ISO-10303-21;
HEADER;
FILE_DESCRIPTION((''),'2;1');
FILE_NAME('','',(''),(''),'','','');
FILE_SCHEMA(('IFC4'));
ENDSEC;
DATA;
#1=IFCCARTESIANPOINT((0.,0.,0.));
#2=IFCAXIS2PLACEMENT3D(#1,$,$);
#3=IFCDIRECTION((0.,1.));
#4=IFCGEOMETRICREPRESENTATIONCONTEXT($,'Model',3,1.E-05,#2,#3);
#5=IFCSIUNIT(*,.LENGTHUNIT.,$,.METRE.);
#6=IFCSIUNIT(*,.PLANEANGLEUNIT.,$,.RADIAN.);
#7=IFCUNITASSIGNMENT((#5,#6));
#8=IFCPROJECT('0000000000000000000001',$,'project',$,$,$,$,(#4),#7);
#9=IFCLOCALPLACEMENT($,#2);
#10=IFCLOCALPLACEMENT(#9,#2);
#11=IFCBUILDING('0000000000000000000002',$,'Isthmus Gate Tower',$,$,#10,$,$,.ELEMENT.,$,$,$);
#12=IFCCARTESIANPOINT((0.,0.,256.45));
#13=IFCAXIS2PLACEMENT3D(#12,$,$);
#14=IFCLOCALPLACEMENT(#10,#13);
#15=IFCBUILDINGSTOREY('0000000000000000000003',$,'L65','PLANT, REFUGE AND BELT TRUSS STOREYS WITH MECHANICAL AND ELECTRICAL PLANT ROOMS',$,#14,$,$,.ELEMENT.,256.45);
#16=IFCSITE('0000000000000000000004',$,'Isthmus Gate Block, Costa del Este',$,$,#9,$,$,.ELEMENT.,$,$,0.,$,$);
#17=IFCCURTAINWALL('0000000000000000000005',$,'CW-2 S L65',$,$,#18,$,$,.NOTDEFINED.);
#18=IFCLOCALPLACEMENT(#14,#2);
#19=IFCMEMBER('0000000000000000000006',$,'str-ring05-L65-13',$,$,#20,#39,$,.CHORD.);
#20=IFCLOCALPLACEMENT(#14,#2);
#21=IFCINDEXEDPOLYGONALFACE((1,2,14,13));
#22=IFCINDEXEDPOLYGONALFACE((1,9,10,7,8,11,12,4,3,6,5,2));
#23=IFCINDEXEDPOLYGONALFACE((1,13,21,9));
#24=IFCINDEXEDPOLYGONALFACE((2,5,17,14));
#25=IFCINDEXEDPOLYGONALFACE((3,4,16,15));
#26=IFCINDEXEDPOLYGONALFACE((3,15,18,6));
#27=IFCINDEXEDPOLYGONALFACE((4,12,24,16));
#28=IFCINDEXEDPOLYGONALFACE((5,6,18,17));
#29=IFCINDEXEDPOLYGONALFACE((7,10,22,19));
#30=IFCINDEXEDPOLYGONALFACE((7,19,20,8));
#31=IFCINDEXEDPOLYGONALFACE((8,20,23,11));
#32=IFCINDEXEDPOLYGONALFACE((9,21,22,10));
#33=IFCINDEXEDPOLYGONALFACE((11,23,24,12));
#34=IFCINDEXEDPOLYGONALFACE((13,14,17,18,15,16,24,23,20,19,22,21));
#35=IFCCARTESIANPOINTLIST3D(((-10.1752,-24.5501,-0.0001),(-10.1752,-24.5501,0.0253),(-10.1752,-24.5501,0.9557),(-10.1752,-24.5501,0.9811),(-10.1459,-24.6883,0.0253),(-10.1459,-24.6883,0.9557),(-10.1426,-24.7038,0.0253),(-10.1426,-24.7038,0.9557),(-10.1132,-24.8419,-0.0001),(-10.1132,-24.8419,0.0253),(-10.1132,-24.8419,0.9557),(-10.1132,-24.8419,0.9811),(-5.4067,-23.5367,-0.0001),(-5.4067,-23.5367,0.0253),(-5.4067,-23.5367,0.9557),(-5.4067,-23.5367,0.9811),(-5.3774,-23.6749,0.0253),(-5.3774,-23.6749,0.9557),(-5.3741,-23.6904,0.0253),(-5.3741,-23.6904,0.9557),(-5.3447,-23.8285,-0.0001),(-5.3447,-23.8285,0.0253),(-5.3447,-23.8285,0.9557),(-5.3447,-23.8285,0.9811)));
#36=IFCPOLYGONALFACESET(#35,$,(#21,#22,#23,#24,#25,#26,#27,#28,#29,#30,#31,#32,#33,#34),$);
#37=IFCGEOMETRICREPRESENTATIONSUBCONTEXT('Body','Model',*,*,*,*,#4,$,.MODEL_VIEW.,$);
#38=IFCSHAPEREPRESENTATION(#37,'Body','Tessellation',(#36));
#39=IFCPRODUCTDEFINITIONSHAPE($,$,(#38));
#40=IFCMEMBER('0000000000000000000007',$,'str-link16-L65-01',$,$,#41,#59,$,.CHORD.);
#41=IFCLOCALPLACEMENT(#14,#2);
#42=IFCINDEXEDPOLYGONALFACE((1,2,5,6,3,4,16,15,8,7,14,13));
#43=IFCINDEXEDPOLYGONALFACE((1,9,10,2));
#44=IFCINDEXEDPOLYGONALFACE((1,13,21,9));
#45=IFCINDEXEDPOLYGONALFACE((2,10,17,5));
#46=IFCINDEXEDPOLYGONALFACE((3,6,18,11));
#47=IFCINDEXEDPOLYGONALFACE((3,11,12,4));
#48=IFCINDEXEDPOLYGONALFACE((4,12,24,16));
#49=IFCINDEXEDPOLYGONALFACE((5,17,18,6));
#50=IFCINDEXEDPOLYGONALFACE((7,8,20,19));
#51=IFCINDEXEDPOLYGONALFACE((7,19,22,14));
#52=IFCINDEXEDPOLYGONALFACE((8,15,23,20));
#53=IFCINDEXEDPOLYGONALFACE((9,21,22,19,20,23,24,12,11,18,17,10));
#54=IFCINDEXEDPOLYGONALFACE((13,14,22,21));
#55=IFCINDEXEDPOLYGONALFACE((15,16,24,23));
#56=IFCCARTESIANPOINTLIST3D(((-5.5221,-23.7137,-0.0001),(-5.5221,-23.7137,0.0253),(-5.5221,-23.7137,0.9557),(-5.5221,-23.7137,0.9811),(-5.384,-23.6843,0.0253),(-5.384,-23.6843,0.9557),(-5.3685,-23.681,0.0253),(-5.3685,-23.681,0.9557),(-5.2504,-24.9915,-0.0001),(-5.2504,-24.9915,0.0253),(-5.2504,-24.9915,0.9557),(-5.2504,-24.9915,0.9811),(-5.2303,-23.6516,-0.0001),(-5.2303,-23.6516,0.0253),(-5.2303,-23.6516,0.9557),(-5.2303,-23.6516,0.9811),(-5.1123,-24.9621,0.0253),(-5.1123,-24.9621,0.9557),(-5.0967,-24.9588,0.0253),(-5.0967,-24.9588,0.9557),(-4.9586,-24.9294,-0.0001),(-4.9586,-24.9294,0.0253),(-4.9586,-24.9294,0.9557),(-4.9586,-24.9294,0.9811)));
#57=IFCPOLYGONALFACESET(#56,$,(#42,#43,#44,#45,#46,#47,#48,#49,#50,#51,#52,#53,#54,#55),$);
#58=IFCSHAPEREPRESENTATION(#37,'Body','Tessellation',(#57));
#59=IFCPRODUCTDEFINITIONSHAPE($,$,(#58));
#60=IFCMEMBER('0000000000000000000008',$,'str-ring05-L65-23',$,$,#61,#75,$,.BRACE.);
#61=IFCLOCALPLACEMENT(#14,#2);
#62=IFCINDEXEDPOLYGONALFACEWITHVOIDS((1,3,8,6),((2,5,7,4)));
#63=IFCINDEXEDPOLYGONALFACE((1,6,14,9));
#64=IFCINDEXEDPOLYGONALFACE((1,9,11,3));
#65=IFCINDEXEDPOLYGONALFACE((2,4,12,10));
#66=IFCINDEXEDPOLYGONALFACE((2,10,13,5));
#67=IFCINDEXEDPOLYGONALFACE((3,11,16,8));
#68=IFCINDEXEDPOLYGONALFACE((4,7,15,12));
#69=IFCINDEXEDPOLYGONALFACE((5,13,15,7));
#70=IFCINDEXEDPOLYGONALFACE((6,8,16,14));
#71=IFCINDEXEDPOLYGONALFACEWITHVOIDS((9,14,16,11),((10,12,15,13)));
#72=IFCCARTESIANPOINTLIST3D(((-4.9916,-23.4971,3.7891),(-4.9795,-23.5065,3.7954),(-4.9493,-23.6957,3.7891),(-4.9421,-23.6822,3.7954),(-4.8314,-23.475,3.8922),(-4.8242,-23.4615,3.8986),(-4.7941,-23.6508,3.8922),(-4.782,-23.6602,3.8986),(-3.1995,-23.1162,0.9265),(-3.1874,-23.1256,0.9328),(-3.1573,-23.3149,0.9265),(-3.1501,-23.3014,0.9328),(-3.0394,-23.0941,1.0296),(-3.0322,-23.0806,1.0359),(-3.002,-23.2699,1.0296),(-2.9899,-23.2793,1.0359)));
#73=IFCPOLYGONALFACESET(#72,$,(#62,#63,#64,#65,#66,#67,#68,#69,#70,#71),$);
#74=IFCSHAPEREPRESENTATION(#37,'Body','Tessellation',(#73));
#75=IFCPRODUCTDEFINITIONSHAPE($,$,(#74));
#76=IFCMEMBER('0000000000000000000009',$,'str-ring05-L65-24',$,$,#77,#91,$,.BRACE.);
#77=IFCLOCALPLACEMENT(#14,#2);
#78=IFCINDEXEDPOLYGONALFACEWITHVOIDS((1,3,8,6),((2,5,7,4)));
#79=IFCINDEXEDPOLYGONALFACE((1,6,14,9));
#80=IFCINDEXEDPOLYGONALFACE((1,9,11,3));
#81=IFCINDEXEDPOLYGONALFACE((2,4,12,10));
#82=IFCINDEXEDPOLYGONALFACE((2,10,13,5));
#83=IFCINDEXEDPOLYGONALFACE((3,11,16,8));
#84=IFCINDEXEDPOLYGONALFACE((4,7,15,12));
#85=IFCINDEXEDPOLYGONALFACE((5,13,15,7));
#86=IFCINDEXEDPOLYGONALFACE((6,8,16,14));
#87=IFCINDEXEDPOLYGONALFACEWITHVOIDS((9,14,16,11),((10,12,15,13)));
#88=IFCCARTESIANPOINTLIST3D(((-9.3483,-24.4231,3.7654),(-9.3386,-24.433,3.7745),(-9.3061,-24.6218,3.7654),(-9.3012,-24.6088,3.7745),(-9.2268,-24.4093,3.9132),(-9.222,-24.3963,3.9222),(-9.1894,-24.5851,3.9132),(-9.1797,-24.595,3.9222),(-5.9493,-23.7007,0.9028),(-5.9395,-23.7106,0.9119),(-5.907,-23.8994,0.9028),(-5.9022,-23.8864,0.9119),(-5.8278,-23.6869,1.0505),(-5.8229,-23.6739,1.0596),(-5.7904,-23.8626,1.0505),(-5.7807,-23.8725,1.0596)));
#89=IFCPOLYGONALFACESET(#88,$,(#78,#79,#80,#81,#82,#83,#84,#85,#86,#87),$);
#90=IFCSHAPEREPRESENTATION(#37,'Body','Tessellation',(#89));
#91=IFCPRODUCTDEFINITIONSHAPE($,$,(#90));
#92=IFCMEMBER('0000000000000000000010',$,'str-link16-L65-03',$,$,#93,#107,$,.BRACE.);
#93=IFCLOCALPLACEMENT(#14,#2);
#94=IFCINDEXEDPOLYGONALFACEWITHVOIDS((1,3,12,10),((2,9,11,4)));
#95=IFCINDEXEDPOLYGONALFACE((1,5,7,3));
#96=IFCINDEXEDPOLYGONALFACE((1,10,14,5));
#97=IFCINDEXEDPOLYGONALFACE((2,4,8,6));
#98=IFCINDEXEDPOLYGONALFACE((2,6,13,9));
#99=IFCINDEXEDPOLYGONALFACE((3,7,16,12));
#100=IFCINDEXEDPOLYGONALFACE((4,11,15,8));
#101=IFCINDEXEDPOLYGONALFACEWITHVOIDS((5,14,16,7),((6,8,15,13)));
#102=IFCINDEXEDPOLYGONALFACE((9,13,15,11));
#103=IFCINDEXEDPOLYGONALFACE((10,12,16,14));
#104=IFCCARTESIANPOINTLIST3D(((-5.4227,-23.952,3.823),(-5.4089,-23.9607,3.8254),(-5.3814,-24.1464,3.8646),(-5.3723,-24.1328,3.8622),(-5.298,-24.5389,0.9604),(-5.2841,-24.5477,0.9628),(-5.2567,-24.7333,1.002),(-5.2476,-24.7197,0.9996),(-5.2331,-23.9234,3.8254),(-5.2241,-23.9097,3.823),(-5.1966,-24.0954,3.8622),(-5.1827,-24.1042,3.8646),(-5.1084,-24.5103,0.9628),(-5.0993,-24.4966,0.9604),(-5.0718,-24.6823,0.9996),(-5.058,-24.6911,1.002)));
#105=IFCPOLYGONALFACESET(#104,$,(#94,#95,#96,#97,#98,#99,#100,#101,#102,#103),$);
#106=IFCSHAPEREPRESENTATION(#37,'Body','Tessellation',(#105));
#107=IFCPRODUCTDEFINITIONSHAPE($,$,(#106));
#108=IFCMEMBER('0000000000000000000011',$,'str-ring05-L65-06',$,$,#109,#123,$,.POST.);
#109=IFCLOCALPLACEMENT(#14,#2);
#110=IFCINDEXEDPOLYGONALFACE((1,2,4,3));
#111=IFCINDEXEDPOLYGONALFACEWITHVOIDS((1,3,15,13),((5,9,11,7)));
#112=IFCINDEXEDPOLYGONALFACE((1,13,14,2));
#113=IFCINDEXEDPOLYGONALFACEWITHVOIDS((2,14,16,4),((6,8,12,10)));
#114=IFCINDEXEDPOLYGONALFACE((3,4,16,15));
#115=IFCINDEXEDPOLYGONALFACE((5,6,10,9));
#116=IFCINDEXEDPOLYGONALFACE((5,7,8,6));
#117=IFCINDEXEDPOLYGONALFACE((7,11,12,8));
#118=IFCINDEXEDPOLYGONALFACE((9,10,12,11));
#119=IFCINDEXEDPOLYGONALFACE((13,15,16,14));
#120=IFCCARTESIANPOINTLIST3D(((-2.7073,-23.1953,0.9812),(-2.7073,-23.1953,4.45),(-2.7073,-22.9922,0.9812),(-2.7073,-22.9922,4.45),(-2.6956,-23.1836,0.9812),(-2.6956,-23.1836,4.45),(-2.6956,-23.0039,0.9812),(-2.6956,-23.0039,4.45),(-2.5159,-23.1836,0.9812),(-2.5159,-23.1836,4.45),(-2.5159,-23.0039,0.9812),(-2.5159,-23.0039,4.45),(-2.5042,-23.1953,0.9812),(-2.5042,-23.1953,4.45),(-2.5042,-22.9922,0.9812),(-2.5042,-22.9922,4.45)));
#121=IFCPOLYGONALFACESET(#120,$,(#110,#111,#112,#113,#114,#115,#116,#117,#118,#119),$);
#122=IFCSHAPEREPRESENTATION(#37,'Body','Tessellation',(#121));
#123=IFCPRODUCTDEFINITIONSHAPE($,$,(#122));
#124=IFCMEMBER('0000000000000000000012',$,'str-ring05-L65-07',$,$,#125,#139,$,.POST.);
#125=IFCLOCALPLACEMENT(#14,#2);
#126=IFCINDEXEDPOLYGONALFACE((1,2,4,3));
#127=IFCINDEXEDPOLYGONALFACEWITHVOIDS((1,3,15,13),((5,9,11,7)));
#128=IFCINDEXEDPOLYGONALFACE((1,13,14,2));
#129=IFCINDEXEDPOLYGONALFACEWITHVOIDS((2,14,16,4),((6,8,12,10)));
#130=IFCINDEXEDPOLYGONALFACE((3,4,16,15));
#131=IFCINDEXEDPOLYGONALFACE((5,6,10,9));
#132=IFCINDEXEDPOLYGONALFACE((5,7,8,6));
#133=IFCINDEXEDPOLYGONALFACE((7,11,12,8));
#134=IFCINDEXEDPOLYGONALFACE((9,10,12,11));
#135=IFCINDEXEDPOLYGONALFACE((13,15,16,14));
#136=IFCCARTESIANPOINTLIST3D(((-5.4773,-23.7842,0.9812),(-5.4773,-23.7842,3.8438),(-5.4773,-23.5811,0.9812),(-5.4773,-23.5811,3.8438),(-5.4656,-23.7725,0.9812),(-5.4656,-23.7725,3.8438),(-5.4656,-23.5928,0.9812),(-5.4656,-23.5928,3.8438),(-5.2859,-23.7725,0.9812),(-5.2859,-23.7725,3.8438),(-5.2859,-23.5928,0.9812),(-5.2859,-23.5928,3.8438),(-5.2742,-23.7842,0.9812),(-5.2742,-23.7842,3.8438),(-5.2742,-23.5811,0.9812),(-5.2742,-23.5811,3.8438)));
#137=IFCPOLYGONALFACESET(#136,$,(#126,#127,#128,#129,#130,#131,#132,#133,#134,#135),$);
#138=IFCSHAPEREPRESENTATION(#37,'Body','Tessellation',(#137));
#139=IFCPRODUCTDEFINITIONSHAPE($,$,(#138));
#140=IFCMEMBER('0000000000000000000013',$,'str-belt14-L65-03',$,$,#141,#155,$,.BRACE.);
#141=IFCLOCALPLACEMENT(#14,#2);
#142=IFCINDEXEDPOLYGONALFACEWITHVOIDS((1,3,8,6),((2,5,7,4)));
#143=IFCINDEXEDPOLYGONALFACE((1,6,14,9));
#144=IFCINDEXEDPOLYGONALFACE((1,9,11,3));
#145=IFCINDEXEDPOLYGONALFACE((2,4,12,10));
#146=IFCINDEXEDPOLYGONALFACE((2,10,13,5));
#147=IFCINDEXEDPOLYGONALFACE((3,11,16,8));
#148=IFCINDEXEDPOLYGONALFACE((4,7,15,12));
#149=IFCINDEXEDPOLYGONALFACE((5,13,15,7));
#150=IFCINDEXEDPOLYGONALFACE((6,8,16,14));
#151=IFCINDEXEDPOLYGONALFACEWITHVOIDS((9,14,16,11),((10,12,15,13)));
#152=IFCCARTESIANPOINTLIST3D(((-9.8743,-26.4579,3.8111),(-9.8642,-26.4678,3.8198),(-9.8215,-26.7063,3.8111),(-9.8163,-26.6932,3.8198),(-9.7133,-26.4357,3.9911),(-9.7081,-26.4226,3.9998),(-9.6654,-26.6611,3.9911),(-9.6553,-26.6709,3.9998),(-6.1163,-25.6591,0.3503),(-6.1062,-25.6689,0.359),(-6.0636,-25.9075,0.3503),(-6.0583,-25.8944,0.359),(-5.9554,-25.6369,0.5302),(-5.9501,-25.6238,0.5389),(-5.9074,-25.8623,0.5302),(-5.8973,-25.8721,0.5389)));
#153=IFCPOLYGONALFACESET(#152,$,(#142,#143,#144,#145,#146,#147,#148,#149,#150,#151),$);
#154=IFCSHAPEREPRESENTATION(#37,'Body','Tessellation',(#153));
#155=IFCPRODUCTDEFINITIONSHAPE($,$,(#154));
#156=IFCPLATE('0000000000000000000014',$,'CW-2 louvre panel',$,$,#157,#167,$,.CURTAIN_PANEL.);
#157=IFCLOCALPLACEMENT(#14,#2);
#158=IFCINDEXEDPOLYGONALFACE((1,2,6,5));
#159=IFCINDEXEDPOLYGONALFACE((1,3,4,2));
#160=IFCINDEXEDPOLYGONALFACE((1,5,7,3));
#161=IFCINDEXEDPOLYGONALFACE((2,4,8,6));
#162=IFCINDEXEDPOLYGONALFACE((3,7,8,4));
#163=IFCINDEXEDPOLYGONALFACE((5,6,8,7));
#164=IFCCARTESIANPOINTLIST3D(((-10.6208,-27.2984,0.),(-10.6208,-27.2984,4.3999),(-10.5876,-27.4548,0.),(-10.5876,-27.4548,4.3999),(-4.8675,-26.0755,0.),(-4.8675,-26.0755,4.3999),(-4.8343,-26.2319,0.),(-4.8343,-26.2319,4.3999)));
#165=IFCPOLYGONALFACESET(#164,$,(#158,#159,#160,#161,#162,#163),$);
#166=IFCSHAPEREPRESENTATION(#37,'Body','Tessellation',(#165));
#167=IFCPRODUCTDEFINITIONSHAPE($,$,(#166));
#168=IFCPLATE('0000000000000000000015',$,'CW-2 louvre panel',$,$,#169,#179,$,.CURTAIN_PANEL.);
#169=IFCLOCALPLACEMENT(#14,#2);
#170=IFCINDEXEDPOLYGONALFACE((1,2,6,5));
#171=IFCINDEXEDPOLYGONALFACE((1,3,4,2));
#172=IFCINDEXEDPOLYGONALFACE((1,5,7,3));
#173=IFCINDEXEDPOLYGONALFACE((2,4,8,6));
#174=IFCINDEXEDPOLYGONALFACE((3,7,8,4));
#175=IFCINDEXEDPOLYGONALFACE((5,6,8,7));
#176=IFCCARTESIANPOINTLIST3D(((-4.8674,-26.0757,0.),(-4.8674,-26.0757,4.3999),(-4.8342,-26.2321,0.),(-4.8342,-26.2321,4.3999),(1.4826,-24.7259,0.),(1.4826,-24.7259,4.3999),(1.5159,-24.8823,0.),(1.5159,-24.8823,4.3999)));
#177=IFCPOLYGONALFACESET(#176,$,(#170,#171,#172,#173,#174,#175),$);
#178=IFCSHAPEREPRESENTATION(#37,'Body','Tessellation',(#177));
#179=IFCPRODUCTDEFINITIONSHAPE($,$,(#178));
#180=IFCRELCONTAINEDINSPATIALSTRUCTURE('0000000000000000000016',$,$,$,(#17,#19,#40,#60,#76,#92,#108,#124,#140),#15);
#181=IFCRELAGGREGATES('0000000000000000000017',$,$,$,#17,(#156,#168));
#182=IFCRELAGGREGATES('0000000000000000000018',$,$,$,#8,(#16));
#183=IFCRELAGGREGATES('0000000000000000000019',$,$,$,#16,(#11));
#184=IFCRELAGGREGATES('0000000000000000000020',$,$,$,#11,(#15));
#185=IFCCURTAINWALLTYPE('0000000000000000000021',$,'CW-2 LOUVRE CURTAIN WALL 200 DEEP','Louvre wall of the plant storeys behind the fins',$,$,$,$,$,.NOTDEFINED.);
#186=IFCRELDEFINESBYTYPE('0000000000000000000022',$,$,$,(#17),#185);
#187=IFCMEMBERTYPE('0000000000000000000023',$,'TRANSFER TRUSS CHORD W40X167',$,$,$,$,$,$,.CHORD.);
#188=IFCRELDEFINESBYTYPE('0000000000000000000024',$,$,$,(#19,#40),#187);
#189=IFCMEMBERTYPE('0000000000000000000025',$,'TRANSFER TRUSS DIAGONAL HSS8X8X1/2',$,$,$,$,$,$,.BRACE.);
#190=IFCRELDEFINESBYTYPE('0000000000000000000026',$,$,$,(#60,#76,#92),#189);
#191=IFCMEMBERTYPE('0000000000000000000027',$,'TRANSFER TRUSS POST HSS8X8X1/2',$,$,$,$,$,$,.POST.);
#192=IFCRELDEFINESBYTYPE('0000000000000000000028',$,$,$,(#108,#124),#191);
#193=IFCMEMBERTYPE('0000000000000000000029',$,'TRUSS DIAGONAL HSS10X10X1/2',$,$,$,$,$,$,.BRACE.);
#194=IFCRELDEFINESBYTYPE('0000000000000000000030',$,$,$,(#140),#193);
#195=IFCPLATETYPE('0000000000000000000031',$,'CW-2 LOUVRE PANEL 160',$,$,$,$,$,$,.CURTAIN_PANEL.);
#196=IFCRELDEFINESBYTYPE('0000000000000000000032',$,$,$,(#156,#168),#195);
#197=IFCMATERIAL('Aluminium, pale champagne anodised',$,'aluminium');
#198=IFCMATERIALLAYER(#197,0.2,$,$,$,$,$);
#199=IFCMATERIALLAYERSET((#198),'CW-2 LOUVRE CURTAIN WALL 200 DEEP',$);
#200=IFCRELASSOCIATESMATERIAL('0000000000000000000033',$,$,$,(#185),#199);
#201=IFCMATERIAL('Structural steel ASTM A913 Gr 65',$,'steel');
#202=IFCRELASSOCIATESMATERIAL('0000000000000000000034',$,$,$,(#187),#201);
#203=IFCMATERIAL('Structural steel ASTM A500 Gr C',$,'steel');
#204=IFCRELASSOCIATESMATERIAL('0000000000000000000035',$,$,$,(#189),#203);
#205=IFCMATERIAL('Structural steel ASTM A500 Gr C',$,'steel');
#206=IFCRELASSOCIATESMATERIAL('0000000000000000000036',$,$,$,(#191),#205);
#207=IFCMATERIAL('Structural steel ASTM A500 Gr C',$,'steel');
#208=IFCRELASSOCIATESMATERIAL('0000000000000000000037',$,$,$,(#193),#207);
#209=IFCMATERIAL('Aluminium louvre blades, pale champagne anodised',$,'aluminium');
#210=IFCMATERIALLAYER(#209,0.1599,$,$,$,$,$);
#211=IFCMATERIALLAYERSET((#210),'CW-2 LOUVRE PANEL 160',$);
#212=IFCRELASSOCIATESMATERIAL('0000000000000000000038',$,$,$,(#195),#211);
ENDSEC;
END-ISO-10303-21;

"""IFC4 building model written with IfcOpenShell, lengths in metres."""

from ifc_helpers import new_model, si_unit, direction, frame, origin, origin_2d, place, context, subcontext, project, spatial, rectangle, hollow_rectangle, i_section, extrude, material, layer, layer_set, material_profile, profile_set, type_object, element, aggregate, save


model = new_model("IFC4")

# Units and contexts
model_context = context("Model", 3, precision=1e-05, world=origin(), true_north=direction((0.0, 1.0)))
body_context = subcontext(model_context, "Body", "Model", "MODEL_VIEW")
ifc_project = project(units=[si_unit("LENGTHUNIT", "METRE"), si_unit("PLANEANGLEUNIT", "RADIAN")], contexts=[model_context])

# Site, building, storey
site_placement = place(None, origin())
site = spatial("IfcSite", under=ifc_project, at=site_placement, Name="Isthmus Gate Block, Costa del Este", CompositionType="ELEMENT", RefElevation=0.0)
building_placement = place(site_placement, origin())
building = spatial("IfcBuilding", under=site, at=building_placement, Name="Isthmus Gate Tower", CompositionType="ELEMENT")
storey_placement = place(building_placement, frame((0.0, 0.0, 256.45)))
storey = spatial("IfcBuildingStorey", under=building, at=storey_placement, Name="L65", Description="PLANT, REFUGE AND BELT TRUSS STOREYS WITH MECHANICAL AND ELECTRICAL PLANT ROOMS", CompositionType="ELEMENT", Elevation=256.45)

# Curtain wall
ifc_material_1 = material(Name="Aluminium, pale champagne anodised", Category="aluminium")
ifc_layer_1 = layer(ifc_material_1, 0.2)
ifc_layer_set_1 = layer_set([ifc_layer_1], Name="CW-2 LOUVRE CURTAIN WALL 200 DEEP")
curtain_wall_type = type_object("IfcCurtainWallType", Name="CW-2 LOUVRE CURTAIN WALL 200 DEEP", Description="Louvre wall of the plant storeys behind the fins", PredefinedType="NOTDEFINED", material=ifc_layer_set_1)
curtain_wall_placement = place(storey_placement, origin())
curtain_wall = element("IfcCurtainWall", 1, at=curtain_wall_placement, inside=storey, type_object=curtain_wall_type, Name="CW-2 S L65", PredefinedType="NOTDEFINED")

# Members
ifc_material_2 = material(Name="Structural steel ASTM A913 Gr 65", Category="steel")
ifc_material_profile_1 = material_profile(ifc_material_2, i_section(OverallWidth=0.2983, OverallDepth=0.9812, WebThickness=0.0159, FlangeThickness=0.0254, at=origin_2d()), Name="W40X167")
ifc_profile_set_1 = profile_set([ifc_material_profile_1], Name="Structural steel ASTM A913 Gr 65")
member_type_1 = type_object("IfcMemberType", Name="TRANSFER TRUSS CHORD W40X167", PredefinedType="CHORD", material=ifc_profile_set_1)
member_1_placement = place(storey_placement, frame((-5.3757, -23.6826, 0.4905), z_axis=(-0.978154, -0.20788, 0.0), x_axis=(0.20788, -0.978154, 0.0)))
element("IfcMember", 2, at=member_1_placement, inside=storey, type_object=member_type_1, Name="str-ring05-L65-13", PredefinedType="CHORD", context=body_context, shape_type="SweptSolid", body=[
    extrude(i_section(OverallWidth=0.2983, OverallDepth=0.9812, WebThickness=0.0159, FlangeThickness=0.0254, at=origin_2d()), origin(), (0.0, 0.0, 1.0), 4.875),
])
member_2_placement = place(storey_placement, frame((-5.1045, -24.9604, 0.4905), z_axis=(-0.207997, 0.978129, 0.0), x_axis=(-0.978129, -0.207997, 0.0)))
element("IfcMember", 3, at=member_2_placement, inside=storey, type_object=member_type_1, Name="str-link16-L65-01", PredefinedType="CHORD", context=body_context, shape_type="SweptSolid", body=[
    extrude(i_section(OverallWidth=0.2983, OverallDepth=0.9812, WebThickness=0.0159, FlangeThickness=0.0254, at=origin_2d()), origin(), (0.0, 0.0, 1.0), 1.3064),
])
ifc_material_3 = material(Name="Structural steel ASTM A500 Gr C", Category="steel")
ifc_material_profile_2 = material_profile(ifc_material_3, hollow_rectangle(XDim=0.2031, YDim=0.2031, WallThickness=0.0117, at=origin_2d()), Name="HSS8X8X1/2")
ifc_profile_set_2 = profile_set([ifc_material_profile_2], Name="Structural steel ASTM A500 Gr C")
member_type_2 = type_object("IfcMemberType", Name="TRANSFER TRUSS DIAGONAL HSS8X8X1/2", PredefinedType="BRACE", material=ifc_profile_set_2)
member_3_placement = place(storey_placement, frame((-3.0947, -23.1978, 0.9812), z_axis=(-0.527274, -0.112064, 0.842273), x_axis=(0.207891, -0.978152, 0.0)))
element("IfcMember", 4, at=member_3_placement, inside=storey, type_object=member_type_2, Name="str-ring05-L65-23", PredefinedType="BRACE", context=body_context, shape_type="SweptSolid", body=[
    extrude(hollow_rectangle(XDim=0.2031, YDim=0.2031, WallThickness=0.0117, at=origin_2d()), origin(), (0.0, 0.0, 1.0), 3.3987),
])
member_4_placement = place(storey_placement, frame((-5.865, -23.7866, 0.9812), z_axis=(-0.754967, -0.160462, 0.635827), x_axis=(0.207897, -0.978151, 0.0)))
element("IfcMember", 5, at=member_4_placement, inside=storey, type_object=member_type_2, Name="str-ring05-L65-24", PredefinedType="BRACE", context=body_context, shape_type="SweptSolid", body=[
    extrude(hollow_rectangle(XDim=0.2031, YDim=0.2031, WallThickness=0.0117, at=origin_2d()), origin(), (0.0, 0.0, 1.0), 4.5022),
])
member_5_placement = place(storey_placement, frame((-5.178, -24.615, 0.9812), z_axis=(-0.042655, 0.200671, 0.97873), x_axis=(-0.978146, -0.207917, 0.0)))
element("IfcMember", 6, at=member_5_placement, inside=storey, type_object=member_type_2, Name="str-link16-L65-03", PredefinedType="BRACE", context=body_context, shape_type="SweptSolid", body=[
    extrude(hollow_rectangle(XDim=0.2031, YDim=0.2031, WallThickness=0.0117, at=origin_2d()), origin(), (0.0, 0.0, 1.0), 2.9248),
])
ifc_material_4 = material(Name="Structural steel ASTM A500 Gr C", Category="steel")
ifc_material_profile_3 = material_profile(ifc_material_4, hollow_rectangle(XDim=0.2031, YDim=0.2031, WallThickness=0.0117, at=origin_2d()), Name="HSS8X8X1/2")
ifc_profile_set_3 = profile_set([ifc_material_profile_3], Name="Structural steel ASTM A500 Gr C")
member_type_3 = type_object("IfcMemberType", Name="TRANSFER TRUSS POST HSS8X8X1/2", PredefinedType="POST", material=ifc_profile_set_3)
member_6_placement = place(storey_placement, frame((-2.6057, -23.0938, 0.9812), z_axis=(0.0, 0.0, 1.0), x_axis=(1.0, 0.0, 0.0)))
element("IfcMember", 7, at=member_6_placement, inside=storey, type_object=member_type_3, Name="str-ring05-L65-06", PredefinedType="POST", context=body_context, shape_type="SweptSolid", body=[
    extrude(hollow_rectangle(XDim=0.2031, YDim=0.2031, WallThickness=0.0117, at=origin_2d()), origin(), (0.0, 0.0, 1.0), 3.4688),
])
member_7_placement = place(storey_placement, frame((-5.3757, -23.6826, 0.9812), z_axis=(0.0, 0.0, 1.0), x_axis=(1.0, 0.0, 0.0)))
element("IfcMember", 8, at=member_7_placement, inside=storey, type_object=member_type_3, Name="str-ring05-L65-07", PredefinedType="POST", context=body_context, shape_type="SweptSolid", body=[
    extrude(hollow_rectangle(XDim=0.2031, YDim=0.2031, WallThickness=0.0117, at=origin_2d()), origin(), (0.0, 0.0, 1.0), 2.8625),
])
ifc_material_5 = material(Name="Structural steel ASTM A500 Gr C", Category="steel")
ifc_material_profile_4 = material_profile(ifc_material_5, hollow_rectangle(XDim=0.2539, YDim=0.2539, WallThickness=0.0117, at=origin_2d()), Name="HSS10X10X1/2")
ifc_profile_set_4 = profile_set([ifc_material_profile_4], Name="Structural steel ASTM A500 Gr C")
member_type_4 = type_object("IfcMemberType", Name="TRUSS DIAGONAL HSS10X10X1/2", PredefinedType="BRACE", material=ifc_profile_set_4)
member_8_placement = place(storey_placement, frame((-6.0068, -25.7656, 0.4446), z_axis=(-0.726757, -0.154482, 0.669298), x_axis=(0.207919, -0.978146, 0.0)))
element("IfcMember", 9, at=member_8_placement, inside=storey, type_object=member_type_4, Name="str-belt14-L65-03", PredefinedType="BRACE", context=body_context, shape_type="SweptSolid", body=[
    extrude(hollow_rectangle(XDim=0.2539, YDim=0.2539, WallThickness=0.0117, at=origin_2d()), origin(), (0.0, 0.0, 1.0), 5.1709),
])

# Plates
ifc_material_6 = material(Name="Aluminium louvre blades, pale champagne anodised", Category="aluminium")
ifc_layer_2 = layer(ifc_material_6, 0.1599)
ifc_layer_set_2 = layer_set([ifc_layer_2], Name="CW-2 LOUVRE PANEL 160")
plate_type = type_object("IfcPlateType", Name="CW-2 LOUVRE PANEL 160", PredefinedType="CURTAIN_PANEL", material=ifc_layer_set_2)
plate_1_placement = place(storey_placement, frame((-7.7275, -26.7651, 0.0), z_axis=(0.0, 0.0, 1.0), x_axis=(0.978148, 0.207912, 0.0)))
plate_1 = element("IfcPlate", 10, at=plate_1_placement, type_object=plate_type, Name="CW-2 louvre panel", PredefinedType="CURTAIN_PANEL", context=body_context, shape_type="SweptSolid", body=[
    extrude(rectangle(XDim=5.8818, YDim=0.1599, at=origin_2d()), origin(), (0.0, 0.0, 1.0), 4.3999),
])
plate_2_placement = place(storey_placement, frame((-1.6758, -25.479, 0.0), z_axis=(0.0, 0.0, 1.0), x_axis=(0.978148, 0.207912, 0.0)))
plate_2 = element("IfcPlate", 11, at=plate_2_placement, type_object=plate_type, Name="CW-2 louvre panel", PredefinedType="CURTAIN_PANEL", context=body_context, shape_type="SweptSolid", body=[
    extrude(rectangle(XDim=6.4919, YDim=0.1599, at=origin_2d()), origin(), (0.0, 0.0, 1.0), 4.3999),
])
aggregate(curtain_wall, [plate_1, plate_2])

save(model, "model.ifc")
